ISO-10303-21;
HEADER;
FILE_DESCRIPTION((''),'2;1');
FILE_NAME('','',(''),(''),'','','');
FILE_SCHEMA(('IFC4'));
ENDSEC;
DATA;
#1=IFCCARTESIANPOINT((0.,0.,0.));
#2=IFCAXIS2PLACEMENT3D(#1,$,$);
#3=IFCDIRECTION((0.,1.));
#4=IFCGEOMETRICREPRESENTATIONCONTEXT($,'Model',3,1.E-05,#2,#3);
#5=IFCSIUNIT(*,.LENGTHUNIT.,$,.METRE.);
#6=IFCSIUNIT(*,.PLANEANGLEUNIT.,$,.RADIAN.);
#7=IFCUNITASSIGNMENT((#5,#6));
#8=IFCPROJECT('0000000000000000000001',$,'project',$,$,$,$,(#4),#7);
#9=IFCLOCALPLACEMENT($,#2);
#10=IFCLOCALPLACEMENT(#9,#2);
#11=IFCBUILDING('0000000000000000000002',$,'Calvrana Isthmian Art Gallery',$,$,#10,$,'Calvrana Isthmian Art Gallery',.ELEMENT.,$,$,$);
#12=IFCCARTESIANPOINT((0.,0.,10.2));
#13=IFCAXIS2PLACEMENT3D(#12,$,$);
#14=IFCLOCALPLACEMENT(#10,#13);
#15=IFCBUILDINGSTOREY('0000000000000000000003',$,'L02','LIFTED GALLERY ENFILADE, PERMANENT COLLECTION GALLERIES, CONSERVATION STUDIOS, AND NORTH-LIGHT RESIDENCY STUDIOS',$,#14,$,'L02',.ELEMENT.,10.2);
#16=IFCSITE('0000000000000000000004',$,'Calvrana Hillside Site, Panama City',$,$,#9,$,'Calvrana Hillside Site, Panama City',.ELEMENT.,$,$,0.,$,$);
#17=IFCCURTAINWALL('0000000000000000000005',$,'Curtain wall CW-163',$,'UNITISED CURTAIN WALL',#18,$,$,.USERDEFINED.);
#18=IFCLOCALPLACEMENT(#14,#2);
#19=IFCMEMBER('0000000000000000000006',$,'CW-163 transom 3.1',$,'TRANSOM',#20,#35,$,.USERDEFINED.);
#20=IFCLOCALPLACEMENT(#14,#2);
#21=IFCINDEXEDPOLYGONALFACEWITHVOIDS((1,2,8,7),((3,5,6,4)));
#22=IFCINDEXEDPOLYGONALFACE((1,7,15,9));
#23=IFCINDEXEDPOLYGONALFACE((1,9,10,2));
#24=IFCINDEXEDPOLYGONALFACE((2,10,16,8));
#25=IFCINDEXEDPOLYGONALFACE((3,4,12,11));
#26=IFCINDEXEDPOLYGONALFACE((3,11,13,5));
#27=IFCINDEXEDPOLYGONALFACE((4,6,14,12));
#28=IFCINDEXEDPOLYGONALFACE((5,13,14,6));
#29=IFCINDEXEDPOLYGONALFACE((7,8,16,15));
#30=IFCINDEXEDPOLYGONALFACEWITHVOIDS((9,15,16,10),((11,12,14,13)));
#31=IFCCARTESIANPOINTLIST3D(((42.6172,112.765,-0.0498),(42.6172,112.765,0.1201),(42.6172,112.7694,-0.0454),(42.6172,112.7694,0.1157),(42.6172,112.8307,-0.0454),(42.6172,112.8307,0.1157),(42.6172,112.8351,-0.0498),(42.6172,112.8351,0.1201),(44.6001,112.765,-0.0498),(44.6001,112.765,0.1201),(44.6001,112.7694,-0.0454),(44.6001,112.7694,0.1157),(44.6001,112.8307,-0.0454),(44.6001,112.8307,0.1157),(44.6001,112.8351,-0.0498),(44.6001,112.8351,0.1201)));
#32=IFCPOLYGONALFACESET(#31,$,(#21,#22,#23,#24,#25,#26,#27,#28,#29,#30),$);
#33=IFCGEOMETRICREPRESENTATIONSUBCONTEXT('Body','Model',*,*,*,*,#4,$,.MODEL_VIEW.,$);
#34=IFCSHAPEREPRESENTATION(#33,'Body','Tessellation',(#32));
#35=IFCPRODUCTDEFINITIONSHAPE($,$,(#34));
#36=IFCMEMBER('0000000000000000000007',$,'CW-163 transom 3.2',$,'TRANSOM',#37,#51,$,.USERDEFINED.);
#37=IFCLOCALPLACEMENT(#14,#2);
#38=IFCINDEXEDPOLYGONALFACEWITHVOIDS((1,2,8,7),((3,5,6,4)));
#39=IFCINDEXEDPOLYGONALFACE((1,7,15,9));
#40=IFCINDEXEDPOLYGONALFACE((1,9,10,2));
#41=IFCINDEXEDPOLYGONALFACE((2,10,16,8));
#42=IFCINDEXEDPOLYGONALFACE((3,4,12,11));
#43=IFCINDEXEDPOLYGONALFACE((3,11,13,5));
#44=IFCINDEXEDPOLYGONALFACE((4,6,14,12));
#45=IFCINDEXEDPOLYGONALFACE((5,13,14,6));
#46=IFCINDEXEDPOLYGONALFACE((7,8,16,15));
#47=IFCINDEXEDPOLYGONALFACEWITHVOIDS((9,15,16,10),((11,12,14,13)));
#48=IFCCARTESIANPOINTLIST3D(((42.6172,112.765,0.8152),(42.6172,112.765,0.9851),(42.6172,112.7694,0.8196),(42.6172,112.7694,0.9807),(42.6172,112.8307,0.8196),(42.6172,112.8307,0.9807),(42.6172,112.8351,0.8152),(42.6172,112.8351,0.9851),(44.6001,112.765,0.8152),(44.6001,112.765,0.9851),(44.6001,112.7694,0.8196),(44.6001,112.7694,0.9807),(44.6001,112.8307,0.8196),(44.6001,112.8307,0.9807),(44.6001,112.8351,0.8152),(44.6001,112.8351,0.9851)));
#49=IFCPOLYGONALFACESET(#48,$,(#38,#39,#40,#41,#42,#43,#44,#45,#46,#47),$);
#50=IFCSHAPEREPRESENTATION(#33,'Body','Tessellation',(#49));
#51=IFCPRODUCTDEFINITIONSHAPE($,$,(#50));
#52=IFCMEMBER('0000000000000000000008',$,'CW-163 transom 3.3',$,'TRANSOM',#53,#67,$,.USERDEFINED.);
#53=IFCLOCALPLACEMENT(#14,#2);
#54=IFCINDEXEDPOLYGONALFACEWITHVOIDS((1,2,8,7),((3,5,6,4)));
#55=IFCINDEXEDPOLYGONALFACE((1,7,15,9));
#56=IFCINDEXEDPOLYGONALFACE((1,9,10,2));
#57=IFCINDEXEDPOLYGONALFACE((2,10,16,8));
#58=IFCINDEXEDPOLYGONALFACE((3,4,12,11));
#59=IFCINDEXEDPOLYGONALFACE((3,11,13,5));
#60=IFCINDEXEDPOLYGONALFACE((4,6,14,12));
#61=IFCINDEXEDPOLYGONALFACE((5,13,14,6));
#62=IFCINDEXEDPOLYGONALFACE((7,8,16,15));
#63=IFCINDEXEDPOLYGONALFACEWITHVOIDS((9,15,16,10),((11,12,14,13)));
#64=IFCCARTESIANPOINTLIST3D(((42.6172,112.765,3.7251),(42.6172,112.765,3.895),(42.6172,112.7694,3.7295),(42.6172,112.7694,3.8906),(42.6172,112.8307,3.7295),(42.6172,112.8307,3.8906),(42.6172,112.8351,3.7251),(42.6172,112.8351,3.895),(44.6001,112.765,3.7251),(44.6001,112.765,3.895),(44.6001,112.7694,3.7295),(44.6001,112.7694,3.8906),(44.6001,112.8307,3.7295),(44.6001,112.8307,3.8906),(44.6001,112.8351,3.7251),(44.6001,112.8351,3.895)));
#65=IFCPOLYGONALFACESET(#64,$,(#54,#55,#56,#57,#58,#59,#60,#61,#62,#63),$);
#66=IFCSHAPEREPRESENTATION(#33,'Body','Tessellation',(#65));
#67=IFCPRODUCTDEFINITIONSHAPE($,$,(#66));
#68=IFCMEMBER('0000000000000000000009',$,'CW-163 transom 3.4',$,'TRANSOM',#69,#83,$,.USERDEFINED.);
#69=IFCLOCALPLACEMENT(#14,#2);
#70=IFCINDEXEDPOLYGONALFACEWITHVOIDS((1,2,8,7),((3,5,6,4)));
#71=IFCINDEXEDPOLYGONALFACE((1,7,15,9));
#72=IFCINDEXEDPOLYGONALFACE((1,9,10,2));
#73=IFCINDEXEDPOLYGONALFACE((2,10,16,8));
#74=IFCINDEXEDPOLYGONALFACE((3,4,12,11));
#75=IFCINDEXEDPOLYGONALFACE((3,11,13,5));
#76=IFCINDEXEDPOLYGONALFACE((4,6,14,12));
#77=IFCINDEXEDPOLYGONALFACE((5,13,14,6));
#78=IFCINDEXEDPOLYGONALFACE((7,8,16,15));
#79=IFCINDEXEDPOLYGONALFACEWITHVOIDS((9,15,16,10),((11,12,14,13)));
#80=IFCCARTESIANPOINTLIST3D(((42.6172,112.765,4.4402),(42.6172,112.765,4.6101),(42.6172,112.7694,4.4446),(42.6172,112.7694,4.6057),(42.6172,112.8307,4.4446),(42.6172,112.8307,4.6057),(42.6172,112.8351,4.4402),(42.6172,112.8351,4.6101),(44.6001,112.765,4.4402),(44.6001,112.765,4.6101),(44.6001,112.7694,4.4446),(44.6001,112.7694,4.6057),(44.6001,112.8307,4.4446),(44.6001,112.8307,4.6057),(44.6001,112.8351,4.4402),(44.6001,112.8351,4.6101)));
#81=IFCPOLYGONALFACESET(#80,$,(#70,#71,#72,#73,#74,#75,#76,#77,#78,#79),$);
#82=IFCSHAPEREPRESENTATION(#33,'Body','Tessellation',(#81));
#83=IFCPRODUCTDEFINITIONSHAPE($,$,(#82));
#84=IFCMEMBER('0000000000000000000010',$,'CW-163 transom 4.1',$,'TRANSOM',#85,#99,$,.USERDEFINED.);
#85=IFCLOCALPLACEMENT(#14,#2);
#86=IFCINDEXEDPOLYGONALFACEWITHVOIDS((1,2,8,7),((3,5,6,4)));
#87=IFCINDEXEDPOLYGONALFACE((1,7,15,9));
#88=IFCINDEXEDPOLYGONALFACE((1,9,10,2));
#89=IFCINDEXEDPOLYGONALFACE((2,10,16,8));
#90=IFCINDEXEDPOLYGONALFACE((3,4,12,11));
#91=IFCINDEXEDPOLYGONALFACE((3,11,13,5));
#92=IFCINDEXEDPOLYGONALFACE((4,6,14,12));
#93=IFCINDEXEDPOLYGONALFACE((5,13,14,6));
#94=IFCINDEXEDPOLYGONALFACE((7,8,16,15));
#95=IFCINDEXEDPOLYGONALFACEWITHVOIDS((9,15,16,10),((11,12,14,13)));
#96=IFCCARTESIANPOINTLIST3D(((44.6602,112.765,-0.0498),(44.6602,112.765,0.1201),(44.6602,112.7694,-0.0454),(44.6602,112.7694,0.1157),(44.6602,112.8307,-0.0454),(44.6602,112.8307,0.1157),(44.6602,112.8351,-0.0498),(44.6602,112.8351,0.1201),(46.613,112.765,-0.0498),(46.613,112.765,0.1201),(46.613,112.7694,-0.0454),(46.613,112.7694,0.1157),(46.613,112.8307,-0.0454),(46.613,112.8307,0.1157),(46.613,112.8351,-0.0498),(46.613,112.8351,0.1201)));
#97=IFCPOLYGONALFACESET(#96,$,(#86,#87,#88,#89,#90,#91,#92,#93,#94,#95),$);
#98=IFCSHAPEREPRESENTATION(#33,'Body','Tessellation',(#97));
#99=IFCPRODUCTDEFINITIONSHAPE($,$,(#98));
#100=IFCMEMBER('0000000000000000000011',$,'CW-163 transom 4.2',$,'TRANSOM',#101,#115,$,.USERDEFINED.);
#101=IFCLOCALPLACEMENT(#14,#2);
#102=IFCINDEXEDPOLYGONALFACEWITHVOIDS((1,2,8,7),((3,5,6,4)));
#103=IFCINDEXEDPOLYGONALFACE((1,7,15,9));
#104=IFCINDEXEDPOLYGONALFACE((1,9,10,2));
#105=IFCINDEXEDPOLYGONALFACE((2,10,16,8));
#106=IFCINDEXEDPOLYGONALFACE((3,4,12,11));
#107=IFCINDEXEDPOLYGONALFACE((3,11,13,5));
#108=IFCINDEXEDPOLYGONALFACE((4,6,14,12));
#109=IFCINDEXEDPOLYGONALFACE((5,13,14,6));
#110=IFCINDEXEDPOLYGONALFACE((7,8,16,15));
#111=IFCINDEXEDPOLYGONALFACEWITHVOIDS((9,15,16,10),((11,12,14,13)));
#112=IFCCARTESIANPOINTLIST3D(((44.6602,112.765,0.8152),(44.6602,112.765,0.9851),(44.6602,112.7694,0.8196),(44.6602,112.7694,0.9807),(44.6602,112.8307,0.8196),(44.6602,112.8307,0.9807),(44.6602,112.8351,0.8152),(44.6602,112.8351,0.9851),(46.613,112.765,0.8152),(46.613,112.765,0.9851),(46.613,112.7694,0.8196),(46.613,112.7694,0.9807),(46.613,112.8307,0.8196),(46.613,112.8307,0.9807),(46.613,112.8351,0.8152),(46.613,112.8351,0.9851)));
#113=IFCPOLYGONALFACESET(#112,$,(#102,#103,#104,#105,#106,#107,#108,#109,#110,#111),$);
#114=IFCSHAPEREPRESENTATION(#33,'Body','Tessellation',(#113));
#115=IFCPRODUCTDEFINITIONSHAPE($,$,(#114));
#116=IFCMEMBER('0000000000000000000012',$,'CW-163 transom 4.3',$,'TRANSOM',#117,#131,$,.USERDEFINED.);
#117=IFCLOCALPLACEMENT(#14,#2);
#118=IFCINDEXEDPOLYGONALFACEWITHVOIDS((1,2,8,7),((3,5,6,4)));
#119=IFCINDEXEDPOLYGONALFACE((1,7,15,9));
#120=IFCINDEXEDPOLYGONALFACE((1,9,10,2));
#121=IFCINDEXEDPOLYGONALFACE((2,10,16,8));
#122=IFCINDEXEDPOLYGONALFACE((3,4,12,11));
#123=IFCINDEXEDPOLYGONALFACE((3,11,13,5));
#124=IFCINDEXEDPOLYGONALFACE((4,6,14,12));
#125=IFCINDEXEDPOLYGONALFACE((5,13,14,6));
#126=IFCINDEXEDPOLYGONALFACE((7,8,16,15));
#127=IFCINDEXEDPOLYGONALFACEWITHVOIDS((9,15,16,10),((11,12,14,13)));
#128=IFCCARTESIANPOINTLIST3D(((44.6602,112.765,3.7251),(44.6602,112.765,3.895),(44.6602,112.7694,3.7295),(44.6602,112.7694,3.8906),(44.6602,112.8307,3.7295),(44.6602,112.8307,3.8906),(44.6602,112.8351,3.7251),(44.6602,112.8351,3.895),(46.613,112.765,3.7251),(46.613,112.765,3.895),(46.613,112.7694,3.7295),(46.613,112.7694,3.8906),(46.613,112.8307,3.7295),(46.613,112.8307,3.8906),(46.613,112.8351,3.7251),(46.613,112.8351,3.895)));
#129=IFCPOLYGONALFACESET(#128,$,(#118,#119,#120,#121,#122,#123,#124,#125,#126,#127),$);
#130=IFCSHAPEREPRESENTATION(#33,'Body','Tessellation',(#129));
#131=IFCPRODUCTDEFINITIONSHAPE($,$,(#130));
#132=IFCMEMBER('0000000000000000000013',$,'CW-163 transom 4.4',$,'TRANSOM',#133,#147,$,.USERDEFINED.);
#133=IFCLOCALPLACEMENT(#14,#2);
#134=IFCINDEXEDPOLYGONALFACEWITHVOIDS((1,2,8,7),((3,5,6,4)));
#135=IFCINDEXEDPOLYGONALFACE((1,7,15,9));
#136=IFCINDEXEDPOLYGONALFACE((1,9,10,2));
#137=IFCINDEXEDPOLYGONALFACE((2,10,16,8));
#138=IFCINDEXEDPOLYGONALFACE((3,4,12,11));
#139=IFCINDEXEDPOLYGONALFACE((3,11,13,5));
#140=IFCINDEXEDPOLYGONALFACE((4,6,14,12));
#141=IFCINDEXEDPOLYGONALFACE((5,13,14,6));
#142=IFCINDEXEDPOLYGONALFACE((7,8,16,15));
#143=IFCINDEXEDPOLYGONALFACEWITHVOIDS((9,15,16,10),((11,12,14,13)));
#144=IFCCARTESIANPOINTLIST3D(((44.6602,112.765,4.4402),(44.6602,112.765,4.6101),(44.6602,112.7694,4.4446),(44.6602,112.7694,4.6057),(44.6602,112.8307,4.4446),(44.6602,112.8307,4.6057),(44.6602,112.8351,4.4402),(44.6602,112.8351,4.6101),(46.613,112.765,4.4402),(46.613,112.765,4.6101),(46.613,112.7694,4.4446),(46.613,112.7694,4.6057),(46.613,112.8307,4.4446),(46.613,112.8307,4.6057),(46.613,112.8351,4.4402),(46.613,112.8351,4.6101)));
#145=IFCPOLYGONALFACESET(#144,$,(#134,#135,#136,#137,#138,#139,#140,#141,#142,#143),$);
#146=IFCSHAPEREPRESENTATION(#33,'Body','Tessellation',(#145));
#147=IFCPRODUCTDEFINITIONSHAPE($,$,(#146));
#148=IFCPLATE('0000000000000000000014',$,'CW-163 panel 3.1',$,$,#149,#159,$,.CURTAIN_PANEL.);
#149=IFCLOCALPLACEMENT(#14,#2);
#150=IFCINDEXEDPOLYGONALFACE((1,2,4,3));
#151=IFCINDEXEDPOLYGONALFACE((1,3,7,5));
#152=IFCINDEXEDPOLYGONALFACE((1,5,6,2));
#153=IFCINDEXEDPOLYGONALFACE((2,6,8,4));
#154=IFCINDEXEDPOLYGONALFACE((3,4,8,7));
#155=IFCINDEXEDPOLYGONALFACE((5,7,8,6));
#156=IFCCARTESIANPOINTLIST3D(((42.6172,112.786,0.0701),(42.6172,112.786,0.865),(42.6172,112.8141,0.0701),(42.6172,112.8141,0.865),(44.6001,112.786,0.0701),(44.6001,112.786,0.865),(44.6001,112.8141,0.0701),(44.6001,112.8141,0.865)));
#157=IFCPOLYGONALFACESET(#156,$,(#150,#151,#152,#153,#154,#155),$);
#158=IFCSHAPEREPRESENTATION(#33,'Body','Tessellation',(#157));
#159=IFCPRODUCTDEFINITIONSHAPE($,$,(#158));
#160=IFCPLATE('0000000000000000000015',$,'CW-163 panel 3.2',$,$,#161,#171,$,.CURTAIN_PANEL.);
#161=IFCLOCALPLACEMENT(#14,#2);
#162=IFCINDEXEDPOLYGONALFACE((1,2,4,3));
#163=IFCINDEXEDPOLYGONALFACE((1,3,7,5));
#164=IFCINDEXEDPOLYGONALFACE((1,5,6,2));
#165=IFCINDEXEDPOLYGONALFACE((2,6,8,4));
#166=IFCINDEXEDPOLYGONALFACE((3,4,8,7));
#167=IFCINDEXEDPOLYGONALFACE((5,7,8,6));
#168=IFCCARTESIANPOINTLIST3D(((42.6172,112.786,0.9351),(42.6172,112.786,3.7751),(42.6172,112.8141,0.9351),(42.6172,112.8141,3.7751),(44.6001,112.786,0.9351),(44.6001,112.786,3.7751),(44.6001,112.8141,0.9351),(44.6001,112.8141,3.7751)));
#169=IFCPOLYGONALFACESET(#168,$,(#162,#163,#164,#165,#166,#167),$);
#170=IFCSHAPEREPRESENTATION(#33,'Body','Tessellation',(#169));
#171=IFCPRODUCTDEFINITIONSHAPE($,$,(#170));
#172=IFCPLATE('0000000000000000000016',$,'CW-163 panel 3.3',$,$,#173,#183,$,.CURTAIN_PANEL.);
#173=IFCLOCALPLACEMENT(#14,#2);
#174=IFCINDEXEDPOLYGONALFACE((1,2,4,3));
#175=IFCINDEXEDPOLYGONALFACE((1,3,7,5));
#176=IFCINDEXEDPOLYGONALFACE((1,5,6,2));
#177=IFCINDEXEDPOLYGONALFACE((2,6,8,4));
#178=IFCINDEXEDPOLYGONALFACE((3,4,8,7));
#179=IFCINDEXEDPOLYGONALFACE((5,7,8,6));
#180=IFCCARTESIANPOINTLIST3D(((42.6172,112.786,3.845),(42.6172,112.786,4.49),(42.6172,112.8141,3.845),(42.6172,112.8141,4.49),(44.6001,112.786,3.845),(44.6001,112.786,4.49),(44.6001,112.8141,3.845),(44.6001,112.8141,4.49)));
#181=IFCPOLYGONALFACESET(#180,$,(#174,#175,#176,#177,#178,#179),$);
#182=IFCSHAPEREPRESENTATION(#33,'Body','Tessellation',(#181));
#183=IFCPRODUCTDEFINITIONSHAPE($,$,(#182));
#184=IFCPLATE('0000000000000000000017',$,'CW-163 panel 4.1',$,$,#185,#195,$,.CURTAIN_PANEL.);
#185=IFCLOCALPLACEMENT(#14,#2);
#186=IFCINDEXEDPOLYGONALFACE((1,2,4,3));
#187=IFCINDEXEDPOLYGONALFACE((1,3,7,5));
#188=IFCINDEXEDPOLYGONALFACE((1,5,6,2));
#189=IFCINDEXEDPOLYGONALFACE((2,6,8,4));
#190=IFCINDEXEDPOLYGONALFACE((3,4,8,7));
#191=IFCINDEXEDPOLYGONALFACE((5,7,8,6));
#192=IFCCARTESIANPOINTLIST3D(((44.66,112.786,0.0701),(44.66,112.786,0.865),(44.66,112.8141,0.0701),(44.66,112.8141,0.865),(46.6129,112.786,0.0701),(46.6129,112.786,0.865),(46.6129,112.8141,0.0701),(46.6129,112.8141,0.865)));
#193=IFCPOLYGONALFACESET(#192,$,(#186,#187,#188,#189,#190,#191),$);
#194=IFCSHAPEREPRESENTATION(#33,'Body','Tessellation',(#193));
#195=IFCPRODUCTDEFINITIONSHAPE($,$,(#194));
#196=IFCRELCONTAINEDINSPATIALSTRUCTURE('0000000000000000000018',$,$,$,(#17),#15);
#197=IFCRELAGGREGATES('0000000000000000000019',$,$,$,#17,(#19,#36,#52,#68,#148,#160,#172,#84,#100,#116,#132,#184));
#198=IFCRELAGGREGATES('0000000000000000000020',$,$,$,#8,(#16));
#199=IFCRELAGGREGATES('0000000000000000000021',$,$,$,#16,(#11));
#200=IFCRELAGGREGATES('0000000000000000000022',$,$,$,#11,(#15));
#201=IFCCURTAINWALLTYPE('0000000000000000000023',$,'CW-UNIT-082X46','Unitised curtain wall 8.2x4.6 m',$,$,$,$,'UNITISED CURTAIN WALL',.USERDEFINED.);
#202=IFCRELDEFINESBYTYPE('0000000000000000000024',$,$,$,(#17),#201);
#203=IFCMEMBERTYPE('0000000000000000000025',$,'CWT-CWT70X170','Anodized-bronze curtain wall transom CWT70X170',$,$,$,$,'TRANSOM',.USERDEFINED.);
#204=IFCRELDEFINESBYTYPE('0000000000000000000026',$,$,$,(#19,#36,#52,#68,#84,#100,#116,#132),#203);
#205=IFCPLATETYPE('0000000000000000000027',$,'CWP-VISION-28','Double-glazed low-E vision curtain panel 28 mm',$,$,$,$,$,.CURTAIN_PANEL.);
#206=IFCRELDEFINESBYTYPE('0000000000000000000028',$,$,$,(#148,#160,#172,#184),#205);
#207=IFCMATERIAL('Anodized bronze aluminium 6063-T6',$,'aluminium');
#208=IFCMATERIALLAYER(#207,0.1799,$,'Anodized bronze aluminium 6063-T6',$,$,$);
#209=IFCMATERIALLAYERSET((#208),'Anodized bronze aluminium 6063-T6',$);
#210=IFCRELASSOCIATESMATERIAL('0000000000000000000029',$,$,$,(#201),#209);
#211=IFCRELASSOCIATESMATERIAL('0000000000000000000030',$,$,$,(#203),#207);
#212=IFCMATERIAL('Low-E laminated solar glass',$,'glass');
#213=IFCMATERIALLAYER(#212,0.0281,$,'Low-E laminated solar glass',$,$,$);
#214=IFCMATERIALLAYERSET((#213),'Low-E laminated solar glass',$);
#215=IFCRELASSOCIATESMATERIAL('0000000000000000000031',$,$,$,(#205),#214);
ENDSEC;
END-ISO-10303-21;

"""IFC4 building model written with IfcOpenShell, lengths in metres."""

from ifc_helpers import new_model, si_unit, direction, frame, origin, origin_2d, place, context, subcontext, project, spatial, rectangle, hollow_rectangle, extrude, material, layer, layer_set, material_profile, profile_set, type_object, element, aggregate, save


model = new_model("IFC4")

# Units and contexts
model_context = context("Model", 3, precision=1e-05, world=origin(), true_north=direction((0.0, 1.0)))
body_context = subcontext(model_context, "Body", "Model", "MODEL_VIEW")
ifc_project = project(units=[si_unit("LENGTHUNIT", "METRE"), si_unit("PLANEANGLEUNIT", "RADIAN")], contexts=[model_context])

# Site, building, storey
site_placement = place(None, origin())
site = spatial("IfcSite", under=ifc_project, at=site_placement, Name="Calvrana Hillside Site, Panama City", LongName="Calvrana Hillside Site, Panama City", CompositionType="ELEMENT", RefElevation=0.0)
building_placement = place(site_placement, origin())
building = spatial("IfcBuilding", under=site, at=building_placement, Name="Calvrana Isthmian Art Gallery", LongName="Calvrana Isthmian Art Gallery", CompositionType="ELEMENT")
storey_placement = place(building_placement, frame((0.0, 0.0, 10.2)))
storey = spatial("IfcBuildingStorey", under=building, at=storey_placement, Name="L02", Description="LIFTED GALLERY ENFILADE, PERMANENT COLLECTION GALLERIES, CONSERVATION STUDIOS, AND NORTH-LIGHT RESIDENCY STUDIOS", LongName="L02", CompositionType="ELEMENT", Elevation=10.2)

# Curtain wall, members, plates
ifc_material_1 = material(Name="Anodized bronze aluminium 6063-T6", Category="aluminium")
ifc_layer_1 = layer(ifc_material_1, 0.1799, Name="Anodized bronze aluminium 6063-T6")
ifc_layer_set_1 = layer_set([ifc_layer_1], Name="Anodized bronze aluminium 6063-T6")
curtain_wall_type = type_object("IfcCurtainWallType", Name="CW-UNIT-082X46", Description="Unitised curtain wall 8.2x4.6 m", ElementType="UNITISED CURTAIN WALL", PredefinedType="USERDEFINED", material=ifc_layer_set_1)
curtain_wall_placement = place(storey_placement, origin())
curtain_wall = element("IfcCurtainWall", 1, at=curtain_wall_placement, inside=storey, type_object=curtain_wall_type, Name="Curtain wall CW-163", ObjectType="UNITISED CURTAIN WALL", PredefinedType="USERDEFINED")
ifc_material_profile_1 = material_profile(ifc_material_1, hollow_rectangle(XDim=0.0701, YDim=0.1699, WallThickness=0.0044, at=origin_2d()), Name="CWT70X170")
ifc_profile_set_1 = profile_set([ifc_material_profile_1], Name="Anodized bronze aluminium 6063-T6")
member_type_1 = type_object("IfcMemberType", Name="CWT-CWT70X170", Description="Anodized-bronze curtain wall transom CWT70X170", ElementType="TRANSOM", PredefinedType="USERDEFINED", material=ifc_profile_set_1)
member_1_placement = place(storey_placement, frame((42.6172, 112.8, 0.0352), z_axis=(1.0, 0.0, 0.0), x_axis=(0.0, 1.0, 0.0)))
member_1 = element("IfcMember", 2, at=member_1_placement, type_object=member_type_1, Name="CW-163 transom 3.1", ObjectType="TRANSOM", PredefinedType="USERDEFINED", context=body_context, shape_type="SweptSolid", body=[
    extrude(hollow_rectangle(XDim=0.0701, YDim=0.1699, WallThickness=0.0044, at=origin_2d()), origin(), (0.0, 0.0, 1.0), 1.9829),
])
member_2_placement = place(storey_placement, frame((42.6172, 112.8, 0.9001), z_axis=(1.0, 0.0, 0.0), x_axis=(0.0, 1.0, 0.0)))
member_2 = element("IfcMember", 3, at=member_2_placement, type_object=member_type_1, Name="CW-163 transom 3.2", ObjectType="TRANSOM", PredefinedType="USERDEFINED", context=body_context, shape_type="SweptSolid", body=[
    extrude(hollow_rectangle(XDim=0.0701, YDim=0.1699, WallThickness=0.0044, at=origin_2d()), origin(), (0.0, 0.0, 1.0), 1.9829),
])
member_3_placement = place(storey_placement, frame((42.6172, 112.8, 3.8101), z_axis=(1.0, 0.0, 0.0), x_axis=(0.0, 1.0, 0.0)))
member_3 = element("IfcMember", 4, at=member_3_placement, type_object=member_type_1, Name="CW-163 transom 3.3", ObjectType="TRANSOM", PredefinedType="USERDEFINED", context=body_context, shape_type="SweptSolid", body=[
    extrude(hollow_rectangle(XDim=0.0701, YDim=0.1699, WallThickness=0.0044, at=origin_2d()), origin(), (0.0, 0.0, 1.0), 1.9829),
])
member_4_placement = place(storey_placement, frame((42.6172, 112.8, 4.5251), z_axis=(1.0, 0.0, 0.0), x_axis=(0.0, 1.0, 0.0)))
member_4 = element("IfcMember", 5, at=member_4_placement, type_object=member_type_1, Name="CW-163 transom 3.4", ObjectType="TRANSOM", PredefinedType="USERDEFINED", context=body_context, shape_type="SweptSolid", body=[
    extrude(hollow_rectangle(XDim=0.0701, YDim=0.1699, WallThickness=0.0044, at=origin_2d()), origin(), (0.0, 0.0, 1.0), 1.9829),
])
member_5_placement = place(storey_placement, frame((44.6602, 112.8, 0.0352), z_axis=(1.0, 0.0, 0.0), x_axis=(0.0, 1.0, 0.0)))
member_5 = element("IfcMember", 6, at=member_5_placement, type_object=member_type_1, Name="CW-163 transom 4.1", ObjectType="TRANSOM", PredefinedType="USERDEFINED", context=body_context, shape_type="SweptSolid", body=[
    extrude(hollow_rectangle(XDim=0.0701, YDim=0.1699, WallThickness=0.0044, at=origin_2d()), origin(), (0.0, 0.0, 1.0), 1.9529),
])
member_6_placement = place(storey_placement, frame((44.6602, 112.8, 0.9001), z_axis=(1.0, 0.0, 0.0), x_axis=(0.0, 1.0, 0.0)))
member_6 = element("IfcMember", 7, at=member_6_placement, type_object=member_type_1, Name="CW-163 transom 4.2", ObjectType="TRANSOM", PredefinedType="USERDEFINED", context=body_context, shape_type="SweptSolid", body=[
    extrude(hollow_rectangle(XDim=0.0701, YDim=0.1699, WallThickness=0.0044, at=origin_2d()), origin(), (0.0, 0.0, 1.0), 1.9529),
])
member_7_placement = place(storey_placement, frame((44.6602, 112.8, 3.8101), z_axis=(1.0, 0.0, 0.0), x_axis=(0.0, 1.0, 0.0)))
member_7 = element("IfcMember", 8, at=member_7_placement, type_object=member_type_1, Name="CW-163 transom 4.3", ObjectType="TRANSOM", PredefinedType="USERDEFINED", context=body_context, shape_type="SweptSolid", body=[
    extrude(hollow_rectangle(XDim=0.0701, YDim=0.1699, WallThickness=0.0044, at=origin_2d()), origin(), (0.0, 0.0, 1.0), 1.9529),
])
member_8_placement = place(storey_placement, frame((44.6602, 112.8, 4.5251), z_axis=(1.0, 0.0, 0.0), x_axis=(0.0, 1.0, 0.0)))
member_8 = element("IfcMember", 9, at=member_8_placement, type_object=member_type_1, Name="CW-163 transom 4.4", ObjectType="TRANSOM", PredefinedType="USERDEFINED", context=body_context, shape_type="SweptSolid", body=[
    extrude(hollow_rectangle(XDim=0.0701, YDim=0.1699, WallThickness=0.0044, at=origin_2d()), origin(), (0.0, 0.0, 1.0), 1.9529),
])
ifc_material_2 = material(Name="Low-E laminated solar glass", Category="glass")
ifc_layer_2 = layer(ifc_material_2, 0.0281, Name="Low-E laminated solar glass")
ifc_layer_set_2 = layer_set([ifc_layer_2], Name="Low-E laminated solar glass")
plate_type_1 = type_object("IfcPlateType", Name="CWP-VISION-28", Description="Double-glazed low-E vision curtain panel 28 mm", PredefinedType="CURTAIN_PANEL", material=ifc_layer_set_2)
plate_1_placement = place(storey_placement, frame((43.6086, 112.8, 0.0701), z_axis=(0.0, 0.0, 1.0), x_axis=(1.0, 0.0, 0.0)))
plate_1 = element("IfcPlate", 10, at=plate_1_placement, type_object=plate_type_1, Name="CW-163 panel 3.1", PredefinedType="CURTAIN_PANEL", context=body_context, shape_type="SweptSolid", body=[
    extrude(rectangle(XDim=1.9829, YDim=0.0281, at=origin_2d()), origin(), (0.0, 0.0, 1.0), 0.7949),
])
plate_2_placement = place(storey_placement, frame((43.6086, 112.8, 0.9351), z_axis=(0.0, 0.0, 1.0), x_axis=(1.0, 0.0, 0.0)))
plate_2 = element("IfcPlate", 11, at=plate_2_placement, type_object=plate_type_1, Name="CW-163 panel 3.2", PredefinedType="CURTAIN_PANEL", context=body_context, shape_type="SweptSolid", body=[
    extrude(rectangle(XDim=1.9829, YDim=0.0281, at=origin_2d()), origin(), (0.0, 0.0, 1.0), 2.8401),
])
plate_3_placement = place(storey_placement, frame((43.6086, 112.8, 3.845), z_axis=(0.0, 0.0, 1.0), x_axis=(1.0, 0.0, 0.0)))
plate_3 = element("IfcPlate", 12, at=plate_3_placement, type_object=plate_type_1, Name="CW-163 panel 3.3", PredefinedType="CURTAIN_PANEL", context=body_context, shape_type="SweptSolid", body=[
    extrude(rectangle(XDim=1.9829, YDim=0.0281, at=origin_2d()), origin(), (0.0, 0.0, 1.0), 0.645),
])
plate_4_placement = place(storey_placement, frame((45.6365, 112.8, 0.0701), z_axis=(0.0, 0.0, 1.0), x_axis=(1.0, 0.0, 0.0)))
plate_4 = element("IfcPlate", 13, at=plate_4_placement, type_object=plate_type_1, Name="CW-163 panel 4.1", PredefinedType="CURTAIN_PANEL", context=body_context, shape_type="SweptSolid", body=[
    extrude(rectangle(XDim=1.9529, YDim=0.0281, at=origin_2d()), origin(), (0.0, 0.0, 1.0), 0.7949),
])
aggregate(curtain_wall, [member_1, member_2, member_3, member_4, plate_1, plate_2, plate_3, member_5, member_6, member_7, member_8, plate_4])

save(model, "model.ifc")
